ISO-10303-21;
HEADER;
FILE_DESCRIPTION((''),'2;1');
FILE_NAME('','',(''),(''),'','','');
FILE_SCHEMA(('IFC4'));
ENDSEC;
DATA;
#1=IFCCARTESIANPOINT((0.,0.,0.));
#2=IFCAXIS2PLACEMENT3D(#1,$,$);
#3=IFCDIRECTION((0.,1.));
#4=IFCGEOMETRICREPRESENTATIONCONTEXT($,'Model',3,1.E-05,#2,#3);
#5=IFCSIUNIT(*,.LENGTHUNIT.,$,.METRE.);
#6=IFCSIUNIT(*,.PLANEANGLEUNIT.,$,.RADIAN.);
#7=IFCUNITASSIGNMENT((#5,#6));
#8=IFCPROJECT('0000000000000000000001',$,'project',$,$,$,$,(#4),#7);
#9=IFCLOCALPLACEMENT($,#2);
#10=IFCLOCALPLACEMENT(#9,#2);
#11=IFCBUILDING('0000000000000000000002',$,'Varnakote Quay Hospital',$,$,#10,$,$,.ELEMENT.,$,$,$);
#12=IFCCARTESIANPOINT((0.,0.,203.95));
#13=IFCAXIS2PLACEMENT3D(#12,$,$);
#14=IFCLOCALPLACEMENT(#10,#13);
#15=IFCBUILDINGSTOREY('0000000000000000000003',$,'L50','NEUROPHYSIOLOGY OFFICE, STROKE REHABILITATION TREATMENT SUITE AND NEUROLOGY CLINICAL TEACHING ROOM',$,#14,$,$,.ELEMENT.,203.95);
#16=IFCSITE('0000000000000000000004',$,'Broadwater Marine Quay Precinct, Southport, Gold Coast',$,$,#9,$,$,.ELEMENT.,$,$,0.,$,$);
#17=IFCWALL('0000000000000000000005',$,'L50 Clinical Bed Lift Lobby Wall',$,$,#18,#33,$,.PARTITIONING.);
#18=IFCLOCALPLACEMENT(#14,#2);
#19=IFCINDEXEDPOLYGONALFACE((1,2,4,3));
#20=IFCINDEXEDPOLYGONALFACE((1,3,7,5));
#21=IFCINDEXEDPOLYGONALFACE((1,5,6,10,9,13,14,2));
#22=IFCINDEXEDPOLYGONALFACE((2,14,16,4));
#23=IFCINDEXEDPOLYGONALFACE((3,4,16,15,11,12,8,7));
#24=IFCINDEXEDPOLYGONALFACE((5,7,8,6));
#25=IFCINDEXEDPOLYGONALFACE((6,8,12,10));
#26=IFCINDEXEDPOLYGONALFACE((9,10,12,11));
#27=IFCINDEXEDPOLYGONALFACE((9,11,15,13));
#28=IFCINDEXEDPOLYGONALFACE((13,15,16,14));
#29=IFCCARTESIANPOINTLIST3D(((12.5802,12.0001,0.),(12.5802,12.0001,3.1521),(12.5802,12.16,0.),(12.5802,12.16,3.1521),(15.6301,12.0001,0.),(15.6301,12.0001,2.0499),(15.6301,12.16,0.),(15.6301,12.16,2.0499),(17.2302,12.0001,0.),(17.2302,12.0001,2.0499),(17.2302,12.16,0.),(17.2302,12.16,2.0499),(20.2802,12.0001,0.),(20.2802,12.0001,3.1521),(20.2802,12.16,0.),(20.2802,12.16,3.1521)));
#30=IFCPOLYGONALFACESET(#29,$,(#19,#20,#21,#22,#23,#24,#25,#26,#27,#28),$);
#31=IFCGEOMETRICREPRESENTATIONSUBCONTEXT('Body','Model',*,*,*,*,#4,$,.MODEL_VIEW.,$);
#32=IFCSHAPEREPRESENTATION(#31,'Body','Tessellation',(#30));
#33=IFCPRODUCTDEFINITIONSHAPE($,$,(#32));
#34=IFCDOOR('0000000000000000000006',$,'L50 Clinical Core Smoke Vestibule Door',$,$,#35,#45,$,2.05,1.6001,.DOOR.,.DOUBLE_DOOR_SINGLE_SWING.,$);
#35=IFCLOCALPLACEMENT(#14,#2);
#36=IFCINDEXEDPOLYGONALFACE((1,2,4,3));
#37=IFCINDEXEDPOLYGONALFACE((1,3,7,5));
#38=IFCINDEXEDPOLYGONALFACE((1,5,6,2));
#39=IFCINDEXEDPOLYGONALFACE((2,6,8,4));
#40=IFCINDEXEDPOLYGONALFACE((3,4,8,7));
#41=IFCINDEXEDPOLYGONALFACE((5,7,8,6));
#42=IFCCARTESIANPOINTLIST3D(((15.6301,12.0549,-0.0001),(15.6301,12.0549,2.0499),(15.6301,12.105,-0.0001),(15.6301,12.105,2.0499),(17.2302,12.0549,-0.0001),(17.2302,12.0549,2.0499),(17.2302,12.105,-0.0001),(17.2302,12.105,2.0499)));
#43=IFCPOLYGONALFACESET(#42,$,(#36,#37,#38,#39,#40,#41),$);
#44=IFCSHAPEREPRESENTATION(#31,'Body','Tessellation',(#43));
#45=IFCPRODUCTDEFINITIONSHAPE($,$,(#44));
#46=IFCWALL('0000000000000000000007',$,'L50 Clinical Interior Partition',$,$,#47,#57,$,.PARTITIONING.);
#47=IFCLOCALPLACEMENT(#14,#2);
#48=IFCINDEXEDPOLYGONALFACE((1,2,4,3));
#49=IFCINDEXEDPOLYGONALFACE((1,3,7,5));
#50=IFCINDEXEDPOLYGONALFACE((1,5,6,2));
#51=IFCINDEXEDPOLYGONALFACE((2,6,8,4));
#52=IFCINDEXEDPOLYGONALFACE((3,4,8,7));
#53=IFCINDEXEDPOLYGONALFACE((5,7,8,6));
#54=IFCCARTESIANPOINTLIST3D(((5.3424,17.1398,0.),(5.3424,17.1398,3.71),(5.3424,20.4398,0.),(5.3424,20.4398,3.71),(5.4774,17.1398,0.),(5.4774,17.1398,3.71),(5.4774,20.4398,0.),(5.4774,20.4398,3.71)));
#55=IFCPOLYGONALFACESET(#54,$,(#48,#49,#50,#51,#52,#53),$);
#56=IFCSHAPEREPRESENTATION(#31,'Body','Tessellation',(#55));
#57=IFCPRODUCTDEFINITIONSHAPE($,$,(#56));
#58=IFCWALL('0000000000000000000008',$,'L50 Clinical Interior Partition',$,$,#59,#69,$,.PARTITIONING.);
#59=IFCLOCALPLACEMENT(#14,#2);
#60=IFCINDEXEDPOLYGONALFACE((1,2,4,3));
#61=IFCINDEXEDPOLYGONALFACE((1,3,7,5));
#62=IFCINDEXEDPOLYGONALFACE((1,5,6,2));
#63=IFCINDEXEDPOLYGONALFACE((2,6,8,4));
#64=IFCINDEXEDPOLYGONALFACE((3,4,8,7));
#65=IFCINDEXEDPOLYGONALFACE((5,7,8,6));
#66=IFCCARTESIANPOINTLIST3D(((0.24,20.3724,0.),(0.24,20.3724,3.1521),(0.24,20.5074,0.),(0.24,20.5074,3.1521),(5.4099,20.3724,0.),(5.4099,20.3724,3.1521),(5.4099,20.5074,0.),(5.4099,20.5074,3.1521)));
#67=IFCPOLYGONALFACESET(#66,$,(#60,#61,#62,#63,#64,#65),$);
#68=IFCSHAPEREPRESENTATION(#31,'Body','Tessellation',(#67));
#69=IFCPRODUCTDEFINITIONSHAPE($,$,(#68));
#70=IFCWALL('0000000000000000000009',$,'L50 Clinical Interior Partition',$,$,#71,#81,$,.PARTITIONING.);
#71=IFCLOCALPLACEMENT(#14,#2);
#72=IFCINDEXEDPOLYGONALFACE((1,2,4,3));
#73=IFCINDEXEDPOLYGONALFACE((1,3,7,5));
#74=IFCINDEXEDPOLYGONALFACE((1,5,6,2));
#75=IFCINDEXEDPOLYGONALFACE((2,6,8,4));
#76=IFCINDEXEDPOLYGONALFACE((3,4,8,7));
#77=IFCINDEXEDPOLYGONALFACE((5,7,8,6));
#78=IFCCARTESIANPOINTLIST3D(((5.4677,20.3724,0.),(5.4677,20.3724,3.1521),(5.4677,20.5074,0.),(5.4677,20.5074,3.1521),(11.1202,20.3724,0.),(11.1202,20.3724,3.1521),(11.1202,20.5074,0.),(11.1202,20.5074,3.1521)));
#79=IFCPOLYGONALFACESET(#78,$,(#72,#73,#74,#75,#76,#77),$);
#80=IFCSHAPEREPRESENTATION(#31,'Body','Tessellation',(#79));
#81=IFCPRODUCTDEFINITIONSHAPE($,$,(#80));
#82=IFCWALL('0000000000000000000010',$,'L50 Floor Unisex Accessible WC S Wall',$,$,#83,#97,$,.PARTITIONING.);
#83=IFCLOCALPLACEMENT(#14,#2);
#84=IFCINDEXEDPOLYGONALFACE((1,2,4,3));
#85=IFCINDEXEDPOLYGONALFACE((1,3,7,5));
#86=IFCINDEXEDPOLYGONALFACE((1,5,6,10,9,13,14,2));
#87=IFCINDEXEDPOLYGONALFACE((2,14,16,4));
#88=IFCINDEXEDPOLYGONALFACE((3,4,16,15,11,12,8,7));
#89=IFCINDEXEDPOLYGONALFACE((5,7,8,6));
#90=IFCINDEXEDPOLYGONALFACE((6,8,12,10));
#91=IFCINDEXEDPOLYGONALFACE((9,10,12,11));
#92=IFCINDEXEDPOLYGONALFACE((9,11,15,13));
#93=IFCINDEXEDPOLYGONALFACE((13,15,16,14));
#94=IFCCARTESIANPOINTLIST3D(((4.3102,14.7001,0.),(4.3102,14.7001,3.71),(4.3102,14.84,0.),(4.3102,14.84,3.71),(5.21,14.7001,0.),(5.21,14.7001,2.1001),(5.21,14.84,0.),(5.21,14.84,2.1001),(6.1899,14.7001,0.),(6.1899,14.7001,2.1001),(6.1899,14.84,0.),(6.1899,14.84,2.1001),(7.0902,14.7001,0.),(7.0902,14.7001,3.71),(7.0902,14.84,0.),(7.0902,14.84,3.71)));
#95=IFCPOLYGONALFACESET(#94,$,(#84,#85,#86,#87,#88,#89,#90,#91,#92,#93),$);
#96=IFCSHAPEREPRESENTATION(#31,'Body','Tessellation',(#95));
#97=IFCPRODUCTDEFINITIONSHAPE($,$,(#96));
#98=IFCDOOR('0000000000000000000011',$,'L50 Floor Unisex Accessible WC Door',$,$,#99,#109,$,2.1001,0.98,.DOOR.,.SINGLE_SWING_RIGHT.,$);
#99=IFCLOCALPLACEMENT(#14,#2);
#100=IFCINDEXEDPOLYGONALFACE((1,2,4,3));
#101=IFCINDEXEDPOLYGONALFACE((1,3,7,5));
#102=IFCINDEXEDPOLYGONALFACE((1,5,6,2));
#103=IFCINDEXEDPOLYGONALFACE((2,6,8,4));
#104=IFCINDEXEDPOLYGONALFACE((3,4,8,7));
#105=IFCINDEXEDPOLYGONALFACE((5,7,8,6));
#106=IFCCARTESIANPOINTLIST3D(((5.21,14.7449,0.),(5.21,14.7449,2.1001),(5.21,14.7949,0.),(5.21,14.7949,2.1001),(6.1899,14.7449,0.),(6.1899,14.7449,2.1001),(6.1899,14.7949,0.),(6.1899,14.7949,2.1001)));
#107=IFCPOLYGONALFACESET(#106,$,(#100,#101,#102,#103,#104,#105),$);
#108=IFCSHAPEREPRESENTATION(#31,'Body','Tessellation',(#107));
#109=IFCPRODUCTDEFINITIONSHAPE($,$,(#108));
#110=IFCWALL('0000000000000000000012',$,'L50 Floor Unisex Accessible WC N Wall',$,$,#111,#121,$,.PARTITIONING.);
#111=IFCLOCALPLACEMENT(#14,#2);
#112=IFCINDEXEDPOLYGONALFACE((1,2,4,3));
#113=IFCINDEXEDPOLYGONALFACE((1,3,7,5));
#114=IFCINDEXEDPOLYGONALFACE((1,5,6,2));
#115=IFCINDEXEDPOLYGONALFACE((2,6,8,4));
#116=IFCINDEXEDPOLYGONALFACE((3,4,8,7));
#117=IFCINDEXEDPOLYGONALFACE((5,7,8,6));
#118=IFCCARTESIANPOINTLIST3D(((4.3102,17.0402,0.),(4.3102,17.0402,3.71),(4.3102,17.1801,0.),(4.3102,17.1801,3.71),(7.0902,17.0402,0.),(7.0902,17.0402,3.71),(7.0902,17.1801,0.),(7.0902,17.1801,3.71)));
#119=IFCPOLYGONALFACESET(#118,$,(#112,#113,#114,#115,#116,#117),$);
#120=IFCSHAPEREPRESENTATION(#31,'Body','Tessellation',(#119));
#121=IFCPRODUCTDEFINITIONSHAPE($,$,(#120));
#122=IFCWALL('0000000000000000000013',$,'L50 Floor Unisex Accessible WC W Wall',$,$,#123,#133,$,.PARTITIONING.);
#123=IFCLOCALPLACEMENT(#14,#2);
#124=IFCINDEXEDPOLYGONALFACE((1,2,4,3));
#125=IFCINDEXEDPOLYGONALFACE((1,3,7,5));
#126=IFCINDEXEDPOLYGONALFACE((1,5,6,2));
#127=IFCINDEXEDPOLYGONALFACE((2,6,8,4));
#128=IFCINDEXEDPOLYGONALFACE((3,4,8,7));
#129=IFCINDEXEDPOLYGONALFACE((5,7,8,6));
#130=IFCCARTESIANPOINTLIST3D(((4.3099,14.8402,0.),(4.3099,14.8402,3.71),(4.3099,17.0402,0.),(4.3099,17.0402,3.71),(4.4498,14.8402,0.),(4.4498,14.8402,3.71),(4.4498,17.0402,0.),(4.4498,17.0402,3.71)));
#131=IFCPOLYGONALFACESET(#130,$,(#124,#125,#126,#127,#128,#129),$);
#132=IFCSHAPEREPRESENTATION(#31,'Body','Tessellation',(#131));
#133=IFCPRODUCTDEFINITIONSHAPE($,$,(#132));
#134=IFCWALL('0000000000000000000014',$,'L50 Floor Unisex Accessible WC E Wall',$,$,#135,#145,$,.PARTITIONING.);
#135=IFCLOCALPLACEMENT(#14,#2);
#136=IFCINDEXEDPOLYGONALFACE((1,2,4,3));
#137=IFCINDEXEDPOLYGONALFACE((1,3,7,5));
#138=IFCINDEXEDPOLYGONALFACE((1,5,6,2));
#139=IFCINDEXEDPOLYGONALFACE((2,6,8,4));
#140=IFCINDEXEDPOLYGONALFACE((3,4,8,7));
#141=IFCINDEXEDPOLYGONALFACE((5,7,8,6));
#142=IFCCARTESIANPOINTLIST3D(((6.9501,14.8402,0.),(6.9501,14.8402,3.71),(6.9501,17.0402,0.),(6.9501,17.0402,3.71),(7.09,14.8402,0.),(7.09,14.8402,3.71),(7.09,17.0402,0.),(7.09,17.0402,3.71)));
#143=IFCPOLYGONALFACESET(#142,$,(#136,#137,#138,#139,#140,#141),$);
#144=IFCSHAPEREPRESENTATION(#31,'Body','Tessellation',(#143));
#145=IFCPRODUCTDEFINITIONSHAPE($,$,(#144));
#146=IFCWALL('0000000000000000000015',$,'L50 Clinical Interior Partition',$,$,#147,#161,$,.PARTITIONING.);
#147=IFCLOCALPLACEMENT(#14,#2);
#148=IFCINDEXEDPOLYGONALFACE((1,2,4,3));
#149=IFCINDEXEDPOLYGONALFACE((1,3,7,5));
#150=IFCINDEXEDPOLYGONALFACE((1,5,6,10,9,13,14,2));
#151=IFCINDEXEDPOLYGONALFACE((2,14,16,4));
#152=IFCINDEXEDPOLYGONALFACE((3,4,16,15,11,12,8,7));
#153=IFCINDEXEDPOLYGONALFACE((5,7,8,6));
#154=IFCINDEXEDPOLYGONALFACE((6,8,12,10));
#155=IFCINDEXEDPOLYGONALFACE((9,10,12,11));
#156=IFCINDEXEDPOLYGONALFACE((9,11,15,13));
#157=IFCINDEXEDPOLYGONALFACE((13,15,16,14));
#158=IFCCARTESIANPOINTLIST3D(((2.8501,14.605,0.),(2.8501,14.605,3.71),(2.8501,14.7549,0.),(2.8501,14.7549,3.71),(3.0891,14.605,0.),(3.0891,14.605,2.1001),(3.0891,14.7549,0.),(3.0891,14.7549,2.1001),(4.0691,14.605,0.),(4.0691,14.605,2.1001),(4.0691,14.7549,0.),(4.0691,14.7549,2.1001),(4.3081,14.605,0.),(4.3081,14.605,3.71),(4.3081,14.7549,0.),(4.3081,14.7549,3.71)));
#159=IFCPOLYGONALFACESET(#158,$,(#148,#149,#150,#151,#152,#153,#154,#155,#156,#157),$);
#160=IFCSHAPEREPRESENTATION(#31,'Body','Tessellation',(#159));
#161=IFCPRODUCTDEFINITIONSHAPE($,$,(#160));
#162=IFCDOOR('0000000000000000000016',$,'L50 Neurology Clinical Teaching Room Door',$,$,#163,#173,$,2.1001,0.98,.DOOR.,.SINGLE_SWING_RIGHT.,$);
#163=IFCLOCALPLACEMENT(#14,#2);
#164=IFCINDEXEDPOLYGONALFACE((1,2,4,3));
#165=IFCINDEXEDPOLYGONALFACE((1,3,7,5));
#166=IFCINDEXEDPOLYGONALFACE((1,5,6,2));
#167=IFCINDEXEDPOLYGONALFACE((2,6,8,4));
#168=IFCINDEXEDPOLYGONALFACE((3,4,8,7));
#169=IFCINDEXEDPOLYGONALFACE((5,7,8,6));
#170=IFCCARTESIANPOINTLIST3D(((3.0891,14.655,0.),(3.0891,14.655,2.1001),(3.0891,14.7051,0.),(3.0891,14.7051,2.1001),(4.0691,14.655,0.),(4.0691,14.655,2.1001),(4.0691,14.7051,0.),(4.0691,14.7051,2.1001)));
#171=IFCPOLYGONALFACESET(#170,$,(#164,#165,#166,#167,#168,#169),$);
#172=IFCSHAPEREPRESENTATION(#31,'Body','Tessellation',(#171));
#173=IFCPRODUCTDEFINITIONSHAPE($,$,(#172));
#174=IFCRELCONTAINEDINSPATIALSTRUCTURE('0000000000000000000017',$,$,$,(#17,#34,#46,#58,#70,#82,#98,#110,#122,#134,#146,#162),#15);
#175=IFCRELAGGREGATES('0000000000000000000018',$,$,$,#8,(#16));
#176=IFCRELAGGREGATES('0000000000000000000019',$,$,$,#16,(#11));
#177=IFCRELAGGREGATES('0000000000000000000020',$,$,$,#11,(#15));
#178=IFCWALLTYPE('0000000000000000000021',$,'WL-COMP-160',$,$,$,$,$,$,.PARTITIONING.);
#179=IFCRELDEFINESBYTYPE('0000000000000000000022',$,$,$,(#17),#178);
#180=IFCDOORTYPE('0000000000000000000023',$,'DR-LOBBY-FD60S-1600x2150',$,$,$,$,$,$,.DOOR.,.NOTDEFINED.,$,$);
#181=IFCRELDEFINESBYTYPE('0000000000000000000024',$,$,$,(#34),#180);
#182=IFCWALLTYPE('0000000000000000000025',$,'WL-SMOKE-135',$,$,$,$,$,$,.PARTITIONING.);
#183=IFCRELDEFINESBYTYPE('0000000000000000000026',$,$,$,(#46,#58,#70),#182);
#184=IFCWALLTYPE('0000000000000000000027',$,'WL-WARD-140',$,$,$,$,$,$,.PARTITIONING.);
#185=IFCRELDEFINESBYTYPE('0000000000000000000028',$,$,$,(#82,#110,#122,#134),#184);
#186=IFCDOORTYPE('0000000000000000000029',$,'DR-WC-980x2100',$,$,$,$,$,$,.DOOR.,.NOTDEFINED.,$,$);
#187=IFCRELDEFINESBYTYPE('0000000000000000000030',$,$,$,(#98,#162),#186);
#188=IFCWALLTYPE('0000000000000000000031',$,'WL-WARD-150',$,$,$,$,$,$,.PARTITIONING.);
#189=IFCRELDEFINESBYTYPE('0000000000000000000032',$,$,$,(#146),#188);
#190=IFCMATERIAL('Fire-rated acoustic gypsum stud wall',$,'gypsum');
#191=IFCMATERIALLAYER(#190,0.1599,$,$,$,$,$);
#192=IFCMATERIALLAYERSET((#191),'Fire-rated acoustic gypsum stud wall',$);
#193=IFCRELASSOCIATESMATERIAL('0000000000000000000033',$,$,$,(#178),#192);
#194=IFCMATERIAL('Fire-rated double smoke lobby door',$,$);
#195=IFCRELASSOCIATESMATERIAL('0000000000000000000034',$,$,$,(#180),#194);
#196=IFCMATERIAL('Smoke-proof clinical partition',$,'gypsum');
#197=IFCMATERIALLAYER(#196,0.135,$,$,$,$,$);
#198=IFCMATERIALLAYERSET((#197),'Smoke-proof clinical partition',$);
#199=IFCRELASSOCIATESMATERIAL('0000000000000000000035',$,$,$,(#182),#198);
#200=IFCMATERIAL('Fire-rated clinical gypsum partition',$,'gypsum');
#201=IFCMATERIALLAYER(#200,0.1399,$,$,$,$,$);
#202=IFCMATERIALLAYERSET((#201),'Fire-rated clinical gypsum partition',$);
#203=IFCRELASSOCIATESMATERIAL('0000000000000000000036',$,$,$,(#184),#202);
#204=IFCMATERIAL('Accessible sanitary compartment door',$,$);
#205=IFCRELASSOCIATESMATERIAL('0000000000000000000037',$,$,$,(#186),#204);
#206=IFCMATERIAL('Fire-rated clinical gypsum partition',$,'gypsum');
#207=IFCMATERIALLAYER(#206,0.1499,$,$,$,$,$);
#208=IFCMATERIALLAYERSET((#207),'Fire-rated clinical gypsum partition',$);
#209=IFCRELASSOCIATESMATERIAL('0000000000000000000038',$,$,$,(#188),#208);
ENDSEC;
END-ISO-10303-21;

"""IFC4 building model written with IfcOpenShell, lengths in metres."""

from ifc_helpers import new_model, si_unit, direction, frame, frame_2d, origin, place, context, subcontext, project, spatial, rectangle, extrude, material, layer, layer_set, type_object, element, fill, save


model = new_model("IFC4")

# Units and contexts
model_context = context("Model", 3, precision=1e-05, world=origin(), true_north=direction((0.0, 1.0)))
body_context = subcontext(model_context, "Body", "Model", "MODEL_VIEW")
ifc_project = project(units=[si_unit("LENGTHUNIT", "METRE"), si_unit("PLANEANGLEUNIT", "RADIAN")], contexts=[model_context])

# Site, building, storey
site_placement = place(None, origin())
site = spatial("IfcSite", under=ifc_project, at=site_placement, Name="Broadwater Marine Quay Precinct, Southport, Gold Coast", CompositionType="ELEMENT", RefElevation=0.0)
building_placement = place(site_placement, origin())
building = spatial("IfcBuilding", under=site, at=building_placement, Name="Varnakote Quay Hospital", CompositionType="ELEMENT")
storey_placement = place(building_placement, frame((0.0, 0.0, 203.95)))
storey = spatial("IfcBuildingStorey", under=building, at=storey_placement, Name="L50", Description="NEUROPHYSIOLOGY OFFICE, STROKE REHABILITATION TREATMENT SUITE AND NEUROLOGY CLINICAL TEACHING ROOM", CompositionType="ELEMENT", Elevation=203.95)

# Wall, opening, door
ifc_material_1 = material(Name="Fire-rated acoustic gypsum stud wall", Category="gypsum")
ifc_layer_1 = layer(ifc_material_1, 0.1599)
ifc_layer_set_1 = layer_set([ifc_layer_1], Name="Fire-rated acoustic gypsum stud wall")
wall_type_1 = type_object("IfcWallType", Name="WL-COMP-160", PredefinedType="PARTITIONING", material=ifc_layer_set_1)
ifc_material_2 = material(Name="Fire-rated double smoke lobby door")
door_type_1 = type_object("IfcDoorType", Name="DR-LOBBY-FD60S-1600x2150", OperationType="NOTDEFINED", PredefinedType="DOOR", material=ifc_material_2)
wall_1_placement = place(storey_placement, frame((12.5801, 12.0801, 0.0), z_axis=(0.0, 0.0, 1.0), x_axis=(1.0, 0.0, 0.0)))
wall_1 = element("IfcWall", 1, at=wall_1_placement, inside=storey, type_object=wall_type_1, Name="L50 Clinical Bed Lift Lobby Wall", PredefinedType="PARTITIONING", context=body_context, shape_type="SweptSolid", body=[
    extrude(rectangle(XDim=7.7, YDim=0.1599, at=frame_2d((3.8501, 0.0))), origin(), (0.0, 0.0, 1.0), 3.1521),
])
opening_1_placement = place(wall_1_placement, frame((3.05, 0.0, 0.0)))
opening_1 = element("IfcOpeningElement", 2, at=opening_1_placement, cuts=wall_1, PredefinedType="OPENING", context=body_context, shape_type="SweptSolid", body=[
    extrude(rectangle(XDim=1.6001, YDim=2.05, at=frame_2d((0.8, 1.0249))), frame((0.0, 0.0898, 0.0), z_axis=(0.0, -1.0, 0.0), x_axis=(1.0, 0.0, 0.0)), (0.0, 0.0, 1.0), 0.1799),
])
door_1_placement = place(opening_1_placement, origin())
door_1 = element("IfcDoor", 3, at=door_1_placement, inside=storey, type_object=door_type_1, Name="L50 Clinical Core Smoke Vestibule Door", OperationType="DOUBLE_DOOR_SINGLE_SWING", OverallHeight=2.05, OverallWidth=1.6001, PredefinedType="DOOR", context=body_context, shape_type="SweptSolid", body=[
    extrude(rectangle(XDim=1.6001, YDim=2.05, at=frame_2d((0.8, 1.0249))), frame((0.0, 0.0249, 0.0), z_axis=(0.0, -1.0, 0.0), x_axis=(1.0, 0.0, 0.0)), (0.0, 0.0, 1.0), 0.05),
])
fill(opening_1, door_1)

# Walls
ifc_material_3 = material(Name="Smoke-proof clinical partition", Category="gypsum")
ifc_layer_2 = layer(ifc_material_3, 0.135)
ifc_layer_set_2 = layer_set([ifc_layer_2], Name="Smoke-proof clinical partition")
wall_type_2 = type_object("IfcWallType", Name="WL-SMOKE-135", PredefinedType="PARTITIONING", material=ifc_layer_set_2)
wall_2_placement = place(storey_placement, frame((5.4099, 17.1399, 0.0), z_axis=(0.0, 0.0, 1.0), x_axis=(0.0, 1.0, 0.0)))
element("IfcWall", 4, at=wall_2_placement, inside=storey, type_object=wall_type_2, Name="L50 Clinical Interior Partition", PredefinedType="PARTITIONING", context=body_context, shape_type="SweptSolid", body=[
    extrude(rectangle(XDim=3.3, YDim=0.135, at=frame_2d((1.6499, 0.0))), origin(), (0.0, 0.0, 1.0), 3.71),
])
wall_3_placement = place(storey_placement, frame((5.4099, 20.4399, 0.0), z_axis=(0.0, 0.0, 1.0), x_axis=(-1.0, 0.0, 0.0)))
element("IfcWall", 5, at=wall_3_placement, inside=storey, type_object=wall_type_2, Name="L50 Clinical Interior Partition", PredefinedType="PARTITIONING", context=body_context, shape_type="SweptSolid", body=[
    extrude(rectangle(XDim=5.1699, YDim=0.135, at=frame_2d((2.585, 0.0))), origin(), (0.0, 0.0, 1.0), 3.1521),
])
wall_4_placement = place(storey_placement, frame((11.1201, 20.4399, 0.0), z_axis=(0.0, 0.0, 1.0), x_axis=(-1.0, 0.0, 0.0)))
element("IfcWall", 6, at=wall_4_placement, inside=storey, type_object=wall_type_2, Name="L50 Clinical Interior Partition", PredefinedType="PARTITIONING", context=body_context, shape_type="SweptSolid", body=[
    extrude(rectangle(XDim=5.6526, YDim=0.135, at=frame_2d((2.8262, 0.0))), origin(), (0.0, 0.0, 1.0), 3.1521),
])

# Wall, opening, door
ifc_material_4 = material(Name="Fire-rated clinical gypsum partition", Category="gypsum")
ifc_layer_3 = layer(ifc_material_4, 0.1399)
ifc_layer_set_3 = layer_set([ifc_layer_3], Name="Fire-rated clinical gypsum partition")
wall_type_3 = type_object("IfcWallType", Name="WL-WARD-140", PredefinedType="PARTITIONING", material=ifc_layer_set_3)
wall_5_placement = place(storey_placement, frame((4.3101, 14.77, 0.0), z_axis=(0.0, 0.0, 1.0), x_axis=(1.0, 0.0, 0.0)))
wall_5 = element("IfcWall", 7, at=wall_5_placement, inside=storey, type_object=wall_type_3, Name="L50 Floor Unisex Accessible WC S Wall", PredefinedType="PARTITIONING", context=body_context, shape_type="SweptSolid", body=[
    extrude(rectangle(XDim=2.78, YDim=0.1399, at=frame_2d((1.3901, 0.0))), origin(), (0.0, 0.0, 1.0), 3.71),
])
opening_2_placement = place(wall_5_placement, frame((0.8999, 0.0, 0.0)))
opening_2 = element("IfcOpeningElement", 8, at=opening_2_placement, cuts=wall_5, PredefinedType="OPENING", context=body_context, shape_type="SweptSolid", body=[
    extrude(rectangle(XDim=0.98, YDim=2.1001, at=frame_2d((0.49, 1.05))), frame((0.0, 0.0798, 0.0), z_axis=(0.0, -1.0, 0.0), x_axis=(1.0, 0.0, 0.0)), (0.0, 0.0, 1.0), 0.1599),
])
ifc_material_5 = material(Name="Accessible sanitary compartment door")
door_type_2 = type_object("IfcDoorType", Name="DR-WC-980x2100", OperationType="NOTDEFINED", PredefinedType="DOOR", material=ifc_material_5)
door_2_placement = place(opening_2_placement, origin())
door_2 = element("IfcDoor", 9, at=door_2_placement, inside=storey, type_object=door_type_2, Name="L50 Floor Unisex Accessible WC Door", OperationType="SINGLE_SWING_RIGHT", OverallHeight=2.1001, OverallWidth=0.98, PredefinedType="DOOR", context=body_context, shape_type="SweptSolid", body=[
    extrude(rectangle(XDim=0.98, YDim=2.1001, at=frame_2d((0.49, 1.05))), frame((0.0, 0.0249, 0.0), z_axis=(0.0, -1.0, 0.0), x_axis=(1.0, 0.0, 0.0)), (0.0, 0.0, 1.0), 0.05),
])
fill(opening_2, door_2)

# Walls
wall_6_placement = place(storey_placement, frame((4.3101, 17.1101, 0.0), z_axis=(0.0, 0.0, 1.0), x_axis=(1.0, 0.0, 0.0)))
element("IfcWall", 10, at=wall_6_placement, inside=storey, type_object=wall_type_3, Name="L50 Floor Unisex Accessible WC N Wall", PredefinedType="PARTITIONING", context=body_context, shape_type="SweptSolid", body=[
    extrude(rectangle(XDim=2.78, YDim=0.1399, at=frame_2d((1.3901, 0.0))), origin(), (0.0, 0.0, 1.0), 3.71),
])
for number, where, z_axis, x_axis, name in (
    (11, (4.3799, 14.8401, 0.0), (0.0, 0.0, 1.0), (0.0, 1.0, 0.0), "L50 Floor Unisex Accessible WC W Wall"),
    (12, (7.02, 14.8401, 0.0), (0.0, 0.0, 1.0), (0.0, 1.0, 0.0), "L50 Floor Unisex Accessible WC E Wall"),
):
    element("IfcWall", number, at=place(storey_placement, frame(where, z_axis=z_axis, x_axis=x_axis)), inside=storey, type_object=wall_type_3, Name=name, PredefinedType="PARTITIONING", context=body_context, shape_type="SweptSolid", body=[
        extrude(rectangle(XDim=2.2, YDim=0.1399, at=frame_2d((1.1001, 0.0))), origin(), (0.0, 0.0, 1.0), 3.71),
    ])

# Wall, opening, door
ifc_material_6 = material(Name="Fire-rated clinical gypsum partition", Category="gypsum")
ifc_layer_4 = layer(ifc_material_6, 0.1499)
ifc_layer_set_4 = layer_set([ifc_layer_4], Name="Fire-rated clinical gypsum partition")
wall_type_4 = type_object("IfcWallType", Name="WL-WARD-150", PredefinedType="PARTITIONING", material=ifc_layer_set_4)
wall_7_placement = place(storey_placement, frame((4.3081, 14.6799, 0.0), z_axis=(0.0, 0.0, 1.0), x_axis=(-1.0, 0.0, 0.0)))
wall_7 = element("IfcWall", 13, at=wall_7_placement, inside=storey, type_object=wall_type_4, Name="L50 Clinical Interior Partition", PredefinedType="PARTITIONING", context=body_context, shape_type="SweptSolid", body=[
    extrude(rectangle(XDim=1.458, YDim=0.1499, at=frame_2d((0.729, 0.0))), origin(), (0.0, 0.0, 1.0), 3.71),
])
opening_3_placement = place(wall_7_placement, frame((0.239, 0.0, 0.0)))
opening_3 = element("IfcOpeningElement", 14, at=opening_3_placement, cuts=wall_7, PredefinedType="OPENING", context=body_context, shape_type="SweptSolid", body=[
    extrude(rectangle(XDim=0.98, YDim=2.1001, at=frame_2d((0.49, 1.05))), frame((0.0, 0.085, 0.0), z_axis=(0.0, -1.0, 0.0), x_axis=(1.0, 0.0, 0.0)), (0.0, 0.0, 1.0), 0.1699),
])
door_3_placement = place(opening_3_placement, origin())
door_3 = element("IfcDoor", 15, at=door_3_placement, inside=storey, type_object=door_type_2, Name="L50 Neurology Clinical Teaching Room Door", OperationType="SINGLE_SWING_RIGHT", OverallHeight=2.1001, OverallWidth=0.98, PredefinedType="DOOR", context=body_context, shape_type="SweptSolid", body=[
    extrude(rectangle(XDim=0.98, YDim=2.1001, at=frame_2d((0.49, 1.05))), frame((0.0, 0.0249, 0.0), z_axis=(0.0, -1.0, 0.0), x_axis=(1.0, 0.0, 0.0)), (0.0, 0.0, 1.0), 0.05),
])
fill(opening_3, door_3)

save(model, "model.ifc")
